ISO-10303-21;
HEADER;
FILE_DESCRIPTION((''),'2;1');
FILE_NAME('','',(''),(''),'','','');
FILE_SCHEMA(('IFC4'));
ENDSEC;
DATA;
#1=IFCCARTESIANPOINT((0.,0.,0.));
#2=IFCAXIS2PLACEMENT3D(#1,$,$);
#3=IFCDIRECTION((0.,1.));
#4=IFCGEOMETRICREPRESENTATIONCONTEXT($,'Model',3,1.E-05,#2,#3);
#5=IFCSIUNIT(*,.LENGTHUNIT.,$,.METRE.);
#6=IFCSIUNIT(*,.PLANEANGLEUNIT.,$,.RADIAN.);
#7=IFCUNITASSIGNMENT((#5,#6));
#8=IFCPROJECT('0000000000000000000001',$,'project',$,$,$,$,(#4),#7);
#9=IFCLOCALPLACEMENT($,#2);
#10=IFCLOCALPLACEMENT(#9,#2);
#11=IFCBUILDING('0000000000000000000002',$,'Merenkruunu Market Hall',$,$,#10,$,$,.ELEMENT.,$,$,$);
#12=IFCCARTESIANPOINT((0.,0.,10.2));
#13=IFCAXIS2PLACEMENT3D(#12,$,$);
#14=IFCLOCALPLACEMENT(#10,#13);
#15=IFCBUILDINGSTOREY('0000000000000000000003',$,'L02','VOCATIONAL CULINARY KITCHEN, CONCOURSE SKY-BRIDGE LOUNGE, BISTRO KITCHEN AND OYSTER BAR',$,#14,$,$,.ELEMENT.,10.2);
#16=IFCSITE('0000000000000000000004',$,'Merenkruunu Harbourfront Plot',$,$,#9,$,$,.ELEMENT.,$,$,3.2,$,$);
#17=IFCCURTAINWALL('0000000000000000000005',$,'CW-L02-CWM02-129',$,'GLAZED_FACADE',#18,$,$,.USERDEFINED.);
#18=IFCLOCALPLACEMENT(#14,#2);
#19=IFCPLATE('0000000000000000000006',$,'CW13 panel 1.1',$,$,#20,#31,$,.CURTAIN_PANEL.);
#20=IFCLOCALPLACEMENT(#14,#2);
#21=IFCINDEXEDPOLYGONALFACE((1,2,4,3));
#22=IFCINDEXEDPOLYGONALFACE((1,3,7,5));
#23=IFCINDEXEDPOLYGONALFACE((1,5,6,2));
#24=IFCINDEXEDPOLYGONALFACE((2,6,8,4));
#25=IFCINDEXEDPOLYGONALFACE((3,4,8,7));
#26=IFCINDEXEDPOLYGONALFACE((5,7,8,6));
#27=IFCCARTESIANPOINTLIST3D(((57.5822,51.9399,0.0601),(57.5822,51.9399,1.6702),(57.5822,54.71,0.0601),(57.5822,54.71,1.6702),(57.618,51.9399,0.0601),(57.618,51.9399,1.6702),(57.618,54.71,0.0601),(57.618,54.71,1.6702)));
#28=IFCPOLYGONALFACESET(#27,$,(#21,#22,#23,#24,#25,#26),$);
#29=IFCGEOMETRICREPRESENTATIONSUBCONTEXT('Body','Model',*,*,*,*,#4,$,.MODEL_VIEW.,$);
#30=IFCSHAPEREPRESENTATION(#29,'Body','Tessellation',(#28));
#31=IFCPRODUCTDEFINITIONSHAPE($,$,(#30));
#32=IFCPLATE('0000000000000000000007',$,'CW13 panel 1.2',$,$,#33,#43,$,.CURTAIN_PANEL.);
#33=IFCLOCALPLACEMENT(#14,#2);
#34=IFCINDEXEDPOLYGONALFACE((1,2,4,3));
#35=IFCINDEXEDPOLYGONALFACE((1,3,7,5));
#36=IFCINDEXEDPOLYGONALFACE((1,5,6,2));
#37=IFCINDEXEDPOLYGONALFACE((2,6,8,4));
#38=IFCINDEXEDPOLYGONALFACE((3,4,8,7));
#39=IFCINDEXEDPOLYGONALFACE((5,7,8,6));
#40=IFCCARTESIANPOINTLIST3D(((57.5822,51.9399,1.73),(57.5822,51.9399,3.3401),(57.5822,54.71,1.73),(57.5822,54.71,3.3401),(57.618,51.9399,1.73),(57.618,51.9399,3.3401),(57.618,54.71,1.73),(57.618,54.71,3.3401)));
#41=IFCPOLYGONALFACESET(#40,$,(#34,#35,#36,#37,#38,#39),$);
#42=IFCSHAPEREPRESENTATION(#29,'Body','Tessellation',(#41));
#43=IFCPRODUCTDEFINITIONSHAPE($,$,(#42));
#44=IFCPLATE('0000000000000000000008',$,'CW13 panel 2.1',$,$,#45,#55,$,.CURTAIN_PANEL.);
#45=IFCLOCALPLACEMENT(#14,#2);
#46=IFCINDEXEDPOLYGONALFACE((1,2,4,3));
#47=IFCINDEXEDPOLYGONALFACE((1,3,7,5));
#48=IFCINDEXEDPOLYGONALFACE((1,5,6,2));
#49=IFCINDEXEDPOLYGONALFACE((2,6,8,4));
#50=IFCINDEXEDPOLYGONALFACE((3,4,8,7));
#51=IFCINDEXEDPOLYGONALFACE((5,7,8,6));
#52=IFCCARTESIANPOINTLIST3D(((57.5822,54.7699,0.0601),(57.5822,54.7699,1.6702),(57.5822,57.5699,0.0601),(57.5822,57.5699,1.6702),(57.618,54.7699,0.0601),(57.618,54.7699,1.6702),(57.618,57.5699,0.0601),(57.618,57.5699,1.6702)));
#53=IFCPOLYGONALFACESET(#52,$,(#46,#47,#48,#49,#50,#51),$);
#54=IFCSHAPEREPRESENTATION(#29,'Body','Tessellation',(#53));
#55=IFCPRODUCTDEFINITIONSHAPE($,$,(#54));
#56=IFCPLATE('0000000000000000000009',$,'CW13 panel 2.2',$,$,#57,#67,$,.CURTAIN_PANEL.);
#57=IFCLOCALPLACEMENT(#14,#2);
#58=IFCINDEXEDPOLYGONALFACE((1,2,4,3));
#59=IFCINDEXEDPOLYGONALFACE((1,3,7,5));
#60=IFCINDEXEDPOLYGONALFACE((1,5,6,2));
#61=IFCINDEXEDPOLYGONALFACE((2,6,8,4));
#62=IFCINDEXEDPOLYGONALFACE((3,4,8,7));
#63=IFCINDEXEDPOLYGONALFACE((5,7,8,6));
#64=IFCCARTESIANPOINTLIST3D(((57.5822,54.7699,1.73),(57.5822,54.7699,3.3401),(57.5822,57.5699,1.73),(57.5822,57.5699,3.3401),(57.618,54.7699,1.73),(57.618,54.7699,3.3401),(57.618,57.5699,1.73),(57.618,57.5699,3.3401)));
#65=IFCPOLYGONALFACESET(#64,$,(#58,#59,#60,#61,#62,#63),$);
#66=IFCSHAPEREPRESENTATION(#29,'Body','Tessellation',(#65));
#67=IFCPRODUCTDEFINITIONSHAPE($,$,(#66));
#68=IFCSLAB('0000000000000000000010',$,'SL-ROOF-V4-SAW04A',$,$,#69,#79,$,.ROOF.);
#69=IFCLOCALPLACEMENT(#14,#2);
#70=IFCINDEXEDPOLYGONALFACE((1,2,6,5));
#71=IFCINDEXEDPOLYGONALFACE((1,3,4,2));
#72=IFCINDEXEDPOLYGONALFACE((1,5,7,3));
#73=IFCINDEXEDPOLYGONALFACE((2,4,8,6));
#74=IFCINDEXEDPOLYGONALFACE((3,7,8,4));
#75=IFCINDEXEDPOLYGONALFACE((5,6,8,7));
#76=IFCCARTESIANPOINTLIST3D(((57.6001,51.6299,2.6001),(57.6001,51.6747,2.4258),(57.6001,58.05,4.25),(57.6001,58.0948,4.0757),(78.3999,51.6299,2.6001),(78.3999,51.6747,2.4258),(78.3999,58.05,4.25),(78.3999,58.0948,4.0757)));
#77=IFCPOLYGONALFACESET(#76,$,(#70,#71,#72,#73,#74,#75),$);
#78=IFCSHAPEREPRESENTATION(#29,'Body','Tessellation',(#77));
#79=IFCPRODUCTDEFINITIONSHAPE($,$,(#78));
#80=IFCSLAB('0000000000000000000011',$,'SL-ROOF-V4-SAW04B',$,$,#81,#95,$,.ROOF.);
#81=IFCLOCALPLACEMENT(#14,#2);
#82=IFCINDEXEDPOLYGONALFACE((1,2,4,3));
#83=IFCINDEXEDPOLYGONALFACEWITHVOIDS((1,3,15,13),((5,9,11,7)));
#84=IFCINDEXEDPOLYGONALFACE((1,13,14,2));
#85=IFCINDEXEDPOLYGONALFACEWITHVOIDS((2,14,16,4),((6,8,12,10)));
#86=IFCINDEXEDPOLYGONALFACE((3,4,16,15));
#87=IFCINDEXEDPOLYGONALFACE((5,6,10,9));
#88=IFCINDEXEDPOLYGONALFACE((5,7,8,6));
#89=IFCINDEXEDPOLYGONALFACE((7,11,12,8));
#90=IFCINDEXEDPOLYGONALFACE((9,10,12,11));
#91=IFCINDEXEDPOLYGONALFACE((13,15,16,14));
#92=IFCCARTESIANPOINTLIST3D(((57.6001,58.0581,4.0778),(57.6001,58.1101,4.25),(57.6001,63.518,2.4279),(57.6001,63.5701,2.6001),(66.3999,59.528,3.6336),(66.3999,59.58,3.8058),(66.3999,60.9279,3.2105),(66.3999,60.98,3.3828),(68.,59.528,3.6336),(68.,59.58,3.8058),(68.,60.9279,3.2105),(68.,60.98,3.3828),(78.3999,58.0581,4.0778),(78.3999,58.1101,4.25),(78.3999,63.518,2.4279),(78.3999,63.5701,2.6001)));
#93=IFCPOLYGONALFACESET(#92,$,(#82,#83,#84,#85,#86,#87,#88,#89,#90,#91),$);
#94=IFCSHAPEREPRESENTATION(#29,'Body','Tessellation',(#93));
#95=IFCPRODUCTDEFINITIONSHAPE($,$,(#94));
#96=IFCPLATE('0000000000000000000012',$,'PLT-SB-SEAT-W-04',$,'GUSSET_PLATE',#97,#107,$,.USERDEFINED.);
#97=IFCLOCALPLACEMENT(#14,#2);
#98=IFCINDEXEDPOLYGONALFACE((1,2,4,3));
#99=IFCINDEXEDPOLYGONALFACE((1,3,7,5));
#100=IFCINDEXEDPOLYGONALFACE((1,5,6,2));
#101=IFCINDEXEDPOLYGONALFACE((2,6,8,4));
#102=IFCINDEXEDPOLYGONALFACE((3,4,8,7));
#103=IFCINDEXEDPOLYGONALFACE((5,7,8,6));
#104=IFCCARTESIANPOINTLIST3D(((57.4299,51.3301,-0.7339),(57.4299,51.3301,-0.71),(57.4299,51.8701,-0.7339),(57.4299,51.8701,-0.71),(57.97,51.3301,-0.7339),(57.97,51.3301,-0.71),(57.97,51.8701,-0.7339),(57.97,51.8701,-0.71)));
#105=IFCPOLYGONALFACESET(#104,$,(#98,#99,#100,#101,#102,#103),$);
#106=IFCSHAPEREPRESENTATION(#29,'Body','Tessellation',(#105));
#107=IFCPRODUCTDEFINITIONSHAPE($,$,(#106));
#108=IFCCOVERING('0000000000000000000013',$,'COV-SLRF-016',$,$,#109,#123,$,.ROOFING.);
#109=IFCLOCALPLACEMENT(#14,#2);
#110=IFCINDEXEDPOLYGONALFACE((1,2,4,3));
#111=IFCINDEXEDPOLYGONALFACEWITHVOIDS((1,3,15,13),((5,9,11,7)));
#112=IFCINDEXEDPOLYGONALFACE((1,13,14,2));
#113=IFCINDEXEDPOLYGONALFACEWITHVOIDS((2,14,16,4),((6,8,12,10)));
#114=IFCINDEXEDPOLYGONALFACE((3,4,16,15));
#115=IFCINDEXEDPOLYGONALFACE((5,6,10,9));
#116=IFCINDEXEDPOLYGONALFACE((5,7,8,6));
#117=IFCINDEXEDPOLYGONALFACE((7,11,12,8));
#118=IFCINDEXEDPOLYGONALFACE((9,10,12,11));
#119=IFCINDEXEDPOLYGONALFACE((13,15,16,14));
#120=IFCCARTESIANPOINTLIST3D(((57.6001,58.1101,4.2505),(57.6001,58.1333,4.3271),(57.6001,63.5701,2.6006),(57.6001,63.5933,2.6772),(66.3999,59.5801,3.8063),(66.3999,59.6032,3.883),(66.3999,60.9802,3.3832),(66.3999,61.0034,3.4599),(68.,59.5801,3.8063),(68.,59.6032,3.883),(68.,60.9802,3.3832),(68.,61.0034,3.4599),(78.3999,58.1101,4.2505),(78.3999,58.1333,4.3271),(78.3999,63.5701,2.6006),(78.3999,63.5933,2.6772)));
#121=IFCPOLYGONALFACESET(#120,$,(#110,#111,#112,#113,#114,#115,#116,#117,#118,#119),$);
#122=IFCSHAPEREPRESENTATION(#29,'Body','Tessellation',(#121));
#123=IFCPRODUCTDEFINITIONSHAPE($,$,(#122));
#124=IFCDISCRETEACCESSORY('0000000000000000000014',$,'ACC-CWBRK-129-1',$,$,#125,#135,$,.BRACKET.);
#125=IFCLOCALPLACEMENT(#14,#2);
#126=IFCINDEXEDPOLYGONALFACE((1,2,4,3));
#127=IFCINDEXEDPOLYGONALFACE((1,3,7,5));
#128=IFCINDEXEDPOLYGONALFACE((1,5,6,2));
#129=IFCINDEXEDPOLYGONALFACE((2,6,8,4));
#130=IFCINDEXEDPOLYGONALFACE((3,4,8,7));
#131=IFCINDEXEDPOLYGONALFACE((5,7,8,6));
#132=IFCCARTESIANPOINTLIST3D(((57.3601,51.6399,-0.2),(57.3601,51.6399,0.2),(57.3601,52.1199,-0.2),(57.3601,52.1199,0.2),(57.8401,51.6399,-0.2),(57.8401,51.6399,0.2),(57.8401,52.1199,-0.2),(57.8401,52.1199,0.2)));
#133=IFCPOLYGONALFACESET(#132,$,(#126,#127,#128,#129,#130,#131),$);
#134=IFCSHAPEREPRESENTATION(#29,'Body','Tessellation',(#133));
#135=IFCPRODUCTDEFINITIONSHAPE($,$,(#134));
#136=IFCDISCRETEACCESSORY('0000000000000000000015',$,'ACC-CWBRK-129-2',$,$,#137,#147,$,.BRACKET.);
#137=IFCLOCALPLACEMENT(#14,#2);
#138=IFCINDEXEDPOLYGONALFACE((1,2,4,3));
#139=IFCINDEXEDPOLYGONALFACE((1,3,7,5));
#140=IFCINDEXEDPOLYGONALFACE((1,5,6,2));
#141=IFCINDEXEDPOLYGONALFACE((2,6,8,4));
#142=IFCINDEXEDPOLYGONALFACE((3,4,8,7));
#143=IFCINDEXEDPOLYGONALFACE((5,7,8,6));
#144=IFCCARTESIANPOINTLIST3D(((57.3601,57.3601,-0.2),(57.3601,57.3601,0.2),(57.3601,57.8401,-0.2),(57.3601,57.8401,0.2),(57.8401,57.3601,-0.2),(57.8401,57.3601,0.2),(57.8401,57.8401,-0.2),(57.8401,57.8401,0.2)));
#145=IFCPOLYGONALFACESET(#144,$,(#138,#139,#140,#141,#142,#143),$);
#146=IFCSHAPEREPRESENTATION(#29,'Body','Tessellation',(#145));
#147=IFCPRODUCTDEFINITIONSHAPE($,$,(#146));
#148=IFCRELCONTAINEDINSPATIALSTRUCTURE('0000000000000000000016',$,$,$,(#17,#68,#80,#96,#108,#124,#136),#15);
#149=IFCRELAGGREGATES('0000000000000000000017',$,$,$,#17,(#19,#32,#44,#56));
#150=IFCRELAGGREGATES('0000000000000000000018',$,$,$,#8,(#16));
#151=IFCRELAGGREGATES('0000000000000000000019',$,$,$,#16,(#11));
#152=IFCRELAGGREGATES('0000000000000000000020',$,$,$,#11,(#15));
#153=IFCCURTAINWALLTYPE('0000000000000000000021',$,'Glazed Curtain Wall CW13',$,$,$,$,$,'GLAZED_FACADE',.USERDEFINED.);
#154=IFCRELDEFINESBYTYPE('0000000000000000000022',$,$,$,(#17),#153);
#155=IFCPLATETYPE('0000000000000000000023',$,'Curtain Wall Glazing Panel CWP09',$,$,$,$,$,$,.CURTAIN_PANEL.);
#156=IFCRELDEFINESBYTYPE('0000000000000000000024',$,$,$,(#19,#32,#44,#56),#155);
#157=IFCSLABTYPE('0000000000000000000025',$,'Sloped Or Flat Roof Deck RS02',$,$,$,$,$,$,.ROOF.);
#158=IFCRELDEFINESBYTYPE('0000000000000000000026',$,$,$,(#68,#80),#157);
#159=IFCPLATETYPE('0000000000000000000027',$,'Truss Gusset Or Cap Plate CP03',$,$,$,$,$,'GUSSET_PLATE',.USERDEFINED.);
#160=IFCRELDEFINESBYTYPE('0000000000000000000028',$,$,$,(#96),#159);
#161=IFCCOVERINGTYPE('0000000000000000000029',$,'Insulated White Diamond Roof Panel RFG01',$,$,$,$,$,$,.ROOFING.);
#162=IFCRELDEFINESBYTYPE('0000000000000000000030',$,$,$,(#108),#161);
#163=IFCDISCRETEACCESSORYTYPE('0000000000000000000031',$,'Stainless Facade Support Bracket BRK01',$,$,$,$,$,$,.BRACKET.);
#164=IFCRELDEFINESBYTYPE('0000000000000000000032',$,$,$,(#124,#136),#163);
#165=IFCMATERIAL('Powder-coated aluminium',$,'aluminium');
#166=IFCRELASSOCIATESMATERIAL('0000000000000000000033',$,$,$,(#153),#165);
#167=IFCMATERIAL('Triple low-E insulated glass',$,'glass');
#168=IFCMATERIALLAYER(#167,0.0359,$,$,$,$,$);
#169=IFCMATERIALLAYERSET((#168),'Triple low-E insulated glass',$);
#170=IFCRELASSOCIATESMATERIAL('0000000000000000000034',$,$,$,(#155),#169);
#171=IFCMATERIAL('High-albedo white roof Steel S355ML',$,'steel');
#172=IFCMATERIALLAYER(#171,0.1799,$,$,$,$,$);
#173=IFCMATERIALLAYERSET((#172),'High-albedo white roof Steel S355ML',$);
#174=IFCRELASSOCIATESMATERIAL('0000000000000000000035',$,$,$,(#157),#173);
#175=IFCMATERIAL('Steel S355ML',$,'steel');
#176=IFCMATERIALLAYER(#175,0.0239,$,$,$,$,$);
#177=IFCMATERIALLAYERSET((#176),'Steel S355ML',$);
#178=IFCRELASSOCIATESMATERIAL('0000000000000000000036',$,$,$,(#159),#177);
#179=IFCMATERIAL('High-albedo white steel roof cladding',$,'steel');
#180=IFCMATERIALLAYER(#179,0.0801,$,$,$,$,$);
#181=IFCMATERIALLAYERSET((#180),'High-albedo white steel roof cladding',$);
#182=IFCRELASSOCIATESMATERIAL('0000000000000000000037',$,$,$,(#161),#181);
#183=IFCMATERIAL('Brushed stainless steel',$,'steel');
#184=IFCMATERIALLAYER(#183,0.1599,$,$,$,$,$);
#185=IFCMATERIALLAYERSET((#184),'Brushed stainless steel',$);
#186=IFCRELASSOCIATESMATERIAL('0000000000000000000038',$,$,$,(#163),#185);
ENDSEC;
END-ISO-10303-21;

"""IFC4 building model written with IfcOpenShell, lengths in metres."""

from ifc_helpers import new_model, si_unit, direction, frame, origin, origin_2d, place, context, subcontext, project, spatial, polyline, rectangle, outline, extrude, material, layer, layer_set, type_object, element, aggregate, save


model = new_model("IFC4")

# Units and contexts
model_context = context("Model", 3, precision=1e-05, world=origin(), true_north=direction((0.0, 1.0)))
body_context = subcontext(model_context, "Body", "Model", "MODEL_VIEW")
ifc_project = project(units=[si_unit("LENGTHUNIT", "METRE"), si_unit("PLANEANGLEUNIT", "RADIAN")], contexts=[model_context])

# Site, building, storey
site_placement = place(None, origin())
site = spatial("IfcSite", under=ifc_project, at=site_placement, Name="Merenkruunu Harbourfront Plot", CompositionType="ELEMENT", RefElevation=3.2)
building_placement = place(site_placement, origin())
building = spatial("IfcBuilding", under=site, at=building_placement, Name="Merenkruunu Market Hall", CompositionType="ELEMENT")
storey_placement = place(building_placement, frame((0.0, 0.0, 10.2)))
storey = spatial("IfcBuildingStorey", under=building, at=storey_placement, Name="L02", Description="VOCATIONAL CULINARY KITCHEN, CONCOURSE SKY-BRIDGE LOUNGE, BISTRO KITCHEN AND OYSTER BAR", CompositionType="ELEMENT", Elevation=10.2)

# Curtain wall
ifc_material_1 = material(Name="Powder-coated aluminium", Category="aluminium")
curtain_wall_type = type_object("IfcCurtainWallType", Name="Glazed Curtain Wall CW13", ElementType="GLAZED_FACADE", PredefinedType="USERDEFINED", material=ifc_material_1)
curtain_wall_placement = place(storey_placement, origin())
curtain_wall = element("IfcCurtainWall", 1, at=curtain_wall_placement, inside=storey, type_object=curtain_wall_type, Name="CW-L02-CWM02-129", ObjectType="GLAZED_FACADE", PredefinedType="USERDEFINED")

# Shared definitions
ifc_material_2 = material(Name="Steel S355ML", Category="steel")

# Plates
ifc_material_3 = material(Name="Triple low-E insulated glass", Category="glass")
ifc_layer_1 = layer(ifc_material_3, 0.0359)
ifc_layer_set_1 = layer_set([ifc_layer_1], Name="Triple low-E insulated glass")
plate_type_1 = type_object("IfcPlateType", Name="Curtain Wall Glazing Panel CWP09", PredefinedType="CURTAIN_PANEL", material=ifc_layer_set_1)
plate_1_placement = place(storey_placement, frame((57.6001, 53.325, 0.0601), z_axis=(0.0, 0.0, 1.0), x_axis=(0.0, 1.0, 0.0)))
plate_1 = element("IfcPlate", 2, at=plate_1_placement, type_object=plate_type_1, Name="CW13 panel 1.1", PredefinedType="CURTAIN_PANEL", context=body_context, shape_type="SweptSolid", body=[
    extrude(rectangle(XDim=2.77, YDim=0.0359, at=origin_2d()), origin(), (0.0, 0.0, 1.0), 1.6101),
])
plate_2_placement = place(storey_placement, frame((57.6001, 53.325, 1.73), z_axis=(0.0, 0.0, 1.0), x_axis=(0.0, 1.0, 0.0)))
plate_2 = element("IfcPlate", 3, at=plate_2_placement, type_object=plate_type_1, Name="CW13 panel 1.2", PredefinedType="CURTAIN_PANEL", context=body_context, shape_type="SweptSolid", body=[
    extrude(rectangle(XDim=2.77, YDim=0.0359, at=origin_2d()), origin(), (0.0, 0.0, 1.0), 1.6101),
])
plate_3_placement = place(storey_placement, frame((57.6001, 56.1699, 0.0601), z_axis=(0.0, 0.0, 1.0), x_axis=(0.0, 1.0, 0.0)))
plate_3 = element("IfcPlate", 4, at=plate_3_placement, type_object=plate_type_1, Name="CW13 panel 2.1", PredefinedType="CURTAIN_PANEL", context=body_context, shape_type="SweptSolid", body=[
    extrude(rectangle(XDim=2.8, YDim=0.0359, at=origin_2d()), origin(), (0.0, 0.0, 1.0), 1.6101),
])
plate_4_placement = place(storey_placement, frame((57.6001, 56.1699, 1.73), z_axis=(0.0, 0.0, 1.0), x_axis=(0.0, 1.0, 0.0)))
plate_4 = element("IfcPlate", 5, at=plate_4_placement, type_object=plate_type_1, Name="CW13 panel 2.2", PredefinedType="CURTAIN_PANEL", context=body_context, shape_type="SweptSolid", body=[
    extrude(rectangle(XDim=2.8, YDim=0.0359, at=origin_2d()), origin(), (0.0, 0.0, 1.0), 1.6101),
])
aggregate(curtain_wall, [plate_1, plate_2, plate_3, plate_4])

# Slabs
ifc_material_4 = material(Name="High-albedo white roof Steel S355ML", Category="steel")
ifc_layer_2 = layer(ifc_material_4, 0.1799)
ifc_layer_set_2 = layer_set([ifc_layer_2], Name="High-albedo white roof Steel S355ML")
slab_type = type_object("IfcSlabType", Name="Sloped Or Flat Roof Deck RS02", PredefinedType="ROOF", material=ifc_layer_set_2)
slab_1_placement = place(storey_placement, frame((57.6001, 51.6299, 2.6001), z_axis=(0.0, -0.2489, 0.968529), x_axis=(1.0, 0.0, 0.0)))
element("IfcSlab", 6, at=slab_1_placement, inside=storey, type_object=slab_type, Name="SL-ROOF-V4-SAW04A", PredefinedType="ROOF", context=body_context, shape_type="SweptSolid", body=[
    extrude(outline(polyline([(0.0, 0.0), (20.7998, 0.0), (20.7998, 6.6288), (0.0, 6.6288), (0.0, 0.0)])), origin(), (0.0, 0.0, -1.0), 0.1799),
])
slab_2_placement = place(storey_placement, frame((57.6001, 58.1101, 4.25), z_axis=(0.0, 0.289264, 0.957249), x_axis=(1.0, 0.0, 0.0)))
element("IfcSlab", 7, at=slab_2_placement, inside=storey, type_object=slab_type, Name="SL-ROOF-V4-SAW04B", PredefinedType="ROOF", context=body_context, shape_type="SweptSolid", body=[
    extrude(outline(polyline([(0.0, 0.0), (20.7998, 0.0), (20.7998, 5.7038), (0.0, 5.7038), (0.0, 0.0)]), holes=[polyline([(8.7998, 1.5356), (10.3999, 1.5356), (10.3999, 2.998), (8.7998, 2.998), (8.7998, 1.5356)])]), origin(), (0.0, 0.0, -1.0), 0.1799),
])

# Plate
ifc_layer_3 = layer(ifc_material_2, 0.0239)
ifc_layer_set_3 = layer_set([ifc_layer_3], Name="Steel S355ML")
plate_type_2 = type_object("IfcPlateType", Name="Truss Gusset Or Cap Plate CP03", ElementType="GUSSET_PLATE", PredefinedType="USERDEFINED", material=ifc_layer_set_3)
plate_5_placement = place(storey_placement, frame((57.7, 51.6001, -0.7339), z_axis=(0.0, 0.0, 1.0), x_axis=(1.0, 0.0, 0.0)))
element("IfcPlate", 8, at=plate_5_placement, inside=storey, type_object=plate_type_2, Name="PLT-SB-SEAT-W-04", ObjectType="GUSSET_PLATE", PredefinedType="USERDEFINED", context=body_context, shape_type="SweptSolid", body=[
    extrude(rectangle(XDim=0.54, YDim=0.54, at=origin_2d()), origin(), (0.0, 0.0, 1.0), 0.0239),
])

# Covering
ifc_material_5 = material(Name="High-albedo white steel roof cladding", Category="steel")
ifc_layer_4 = layer(ifc_material_5, 0.0801)
ifc_layer_set_4 = layer_set([ifc_layer_4], Name="High-albedo white steel roof cladding")
covering_type = type_object("IfcCoveringType", Name="Insulated White Diamond Roof Panel RFG01", PredefinedType="ROOFING", material=ifc_layer_set_4)
covering_placement = place(storey_placement, frame((57.6001, 58.1333, 4.3271), z_axis=(0.0, 0.289264, 0.957249), x_axis=(1.0, 0.0, 0.0)))
element("IfcCovering", 9, at=covering_placement, inside=storey, type_object=covering_type, Name="COV-SLRF-016", PredefinedType="ROOFING", context=body_context, shape_type="SweptSolid", body=[
    extrude(outline(polyline([(0.0, 0.0), (20.7998, 0.0), (20.7998, 5.7038), (0.0, 5.7038), (0.0, 0.0)]), holes=[polyline([(8.7998, 1.5356), (10.3999, 1.5356), (10.3999, 2.9983), (8.7998, 2.9983), (8.7998, 1.5356)])]), origin(), (0.0, 0.0, -1.0), 0.0801),
])

# Discrete accessories
ifc_material_6 = material(Name="Brushed stainless steel", Category="steel")
ifc_layer_5 = layer(ifc_material_6, 0.1599)
ifc_layer_set_5 = layer_set([ifc_layer_5], Name="Brushed stainless steel")
discrete_accessory_type = type_object("IfcDiscreteAccessoryType", Name="Stainless Facade Support Bracket BRK01", PredefinedType="BRACKET", material=ifc_layer_set_5)
for number, where, z_axis, x_axis, name in (
    (10, (57.6001, 51.8799, -0.2), (0.0, 0.0, 1.0), (1.0, 0.0, 0.0), "ACC-CWBRK-129-1"),
    (11, (57.6001, 57.6001, -0.2), (0.0, 0.0, 1.0), (1.0, 0.0, 0.0), "ACC-CWBRK-129-2"),
):
    element("IfcDiscreteAccessory", number, at=place(storey_placement, frame(where, z_axis=z_axis, x_axis=x_axis)), inside=storey, type_object=discrete_accessory_type, Name=name, PredefinedType="BRACKET", context=body_context, shape_type="SweptSolid", body=[
        extrude(rectangle(XDim=0.48, YDim=0.48, at=origin_2d()), origin(), (0.0, 0.0, 1.0), 0.3999),
    ])

save(model, "model.ifc")
